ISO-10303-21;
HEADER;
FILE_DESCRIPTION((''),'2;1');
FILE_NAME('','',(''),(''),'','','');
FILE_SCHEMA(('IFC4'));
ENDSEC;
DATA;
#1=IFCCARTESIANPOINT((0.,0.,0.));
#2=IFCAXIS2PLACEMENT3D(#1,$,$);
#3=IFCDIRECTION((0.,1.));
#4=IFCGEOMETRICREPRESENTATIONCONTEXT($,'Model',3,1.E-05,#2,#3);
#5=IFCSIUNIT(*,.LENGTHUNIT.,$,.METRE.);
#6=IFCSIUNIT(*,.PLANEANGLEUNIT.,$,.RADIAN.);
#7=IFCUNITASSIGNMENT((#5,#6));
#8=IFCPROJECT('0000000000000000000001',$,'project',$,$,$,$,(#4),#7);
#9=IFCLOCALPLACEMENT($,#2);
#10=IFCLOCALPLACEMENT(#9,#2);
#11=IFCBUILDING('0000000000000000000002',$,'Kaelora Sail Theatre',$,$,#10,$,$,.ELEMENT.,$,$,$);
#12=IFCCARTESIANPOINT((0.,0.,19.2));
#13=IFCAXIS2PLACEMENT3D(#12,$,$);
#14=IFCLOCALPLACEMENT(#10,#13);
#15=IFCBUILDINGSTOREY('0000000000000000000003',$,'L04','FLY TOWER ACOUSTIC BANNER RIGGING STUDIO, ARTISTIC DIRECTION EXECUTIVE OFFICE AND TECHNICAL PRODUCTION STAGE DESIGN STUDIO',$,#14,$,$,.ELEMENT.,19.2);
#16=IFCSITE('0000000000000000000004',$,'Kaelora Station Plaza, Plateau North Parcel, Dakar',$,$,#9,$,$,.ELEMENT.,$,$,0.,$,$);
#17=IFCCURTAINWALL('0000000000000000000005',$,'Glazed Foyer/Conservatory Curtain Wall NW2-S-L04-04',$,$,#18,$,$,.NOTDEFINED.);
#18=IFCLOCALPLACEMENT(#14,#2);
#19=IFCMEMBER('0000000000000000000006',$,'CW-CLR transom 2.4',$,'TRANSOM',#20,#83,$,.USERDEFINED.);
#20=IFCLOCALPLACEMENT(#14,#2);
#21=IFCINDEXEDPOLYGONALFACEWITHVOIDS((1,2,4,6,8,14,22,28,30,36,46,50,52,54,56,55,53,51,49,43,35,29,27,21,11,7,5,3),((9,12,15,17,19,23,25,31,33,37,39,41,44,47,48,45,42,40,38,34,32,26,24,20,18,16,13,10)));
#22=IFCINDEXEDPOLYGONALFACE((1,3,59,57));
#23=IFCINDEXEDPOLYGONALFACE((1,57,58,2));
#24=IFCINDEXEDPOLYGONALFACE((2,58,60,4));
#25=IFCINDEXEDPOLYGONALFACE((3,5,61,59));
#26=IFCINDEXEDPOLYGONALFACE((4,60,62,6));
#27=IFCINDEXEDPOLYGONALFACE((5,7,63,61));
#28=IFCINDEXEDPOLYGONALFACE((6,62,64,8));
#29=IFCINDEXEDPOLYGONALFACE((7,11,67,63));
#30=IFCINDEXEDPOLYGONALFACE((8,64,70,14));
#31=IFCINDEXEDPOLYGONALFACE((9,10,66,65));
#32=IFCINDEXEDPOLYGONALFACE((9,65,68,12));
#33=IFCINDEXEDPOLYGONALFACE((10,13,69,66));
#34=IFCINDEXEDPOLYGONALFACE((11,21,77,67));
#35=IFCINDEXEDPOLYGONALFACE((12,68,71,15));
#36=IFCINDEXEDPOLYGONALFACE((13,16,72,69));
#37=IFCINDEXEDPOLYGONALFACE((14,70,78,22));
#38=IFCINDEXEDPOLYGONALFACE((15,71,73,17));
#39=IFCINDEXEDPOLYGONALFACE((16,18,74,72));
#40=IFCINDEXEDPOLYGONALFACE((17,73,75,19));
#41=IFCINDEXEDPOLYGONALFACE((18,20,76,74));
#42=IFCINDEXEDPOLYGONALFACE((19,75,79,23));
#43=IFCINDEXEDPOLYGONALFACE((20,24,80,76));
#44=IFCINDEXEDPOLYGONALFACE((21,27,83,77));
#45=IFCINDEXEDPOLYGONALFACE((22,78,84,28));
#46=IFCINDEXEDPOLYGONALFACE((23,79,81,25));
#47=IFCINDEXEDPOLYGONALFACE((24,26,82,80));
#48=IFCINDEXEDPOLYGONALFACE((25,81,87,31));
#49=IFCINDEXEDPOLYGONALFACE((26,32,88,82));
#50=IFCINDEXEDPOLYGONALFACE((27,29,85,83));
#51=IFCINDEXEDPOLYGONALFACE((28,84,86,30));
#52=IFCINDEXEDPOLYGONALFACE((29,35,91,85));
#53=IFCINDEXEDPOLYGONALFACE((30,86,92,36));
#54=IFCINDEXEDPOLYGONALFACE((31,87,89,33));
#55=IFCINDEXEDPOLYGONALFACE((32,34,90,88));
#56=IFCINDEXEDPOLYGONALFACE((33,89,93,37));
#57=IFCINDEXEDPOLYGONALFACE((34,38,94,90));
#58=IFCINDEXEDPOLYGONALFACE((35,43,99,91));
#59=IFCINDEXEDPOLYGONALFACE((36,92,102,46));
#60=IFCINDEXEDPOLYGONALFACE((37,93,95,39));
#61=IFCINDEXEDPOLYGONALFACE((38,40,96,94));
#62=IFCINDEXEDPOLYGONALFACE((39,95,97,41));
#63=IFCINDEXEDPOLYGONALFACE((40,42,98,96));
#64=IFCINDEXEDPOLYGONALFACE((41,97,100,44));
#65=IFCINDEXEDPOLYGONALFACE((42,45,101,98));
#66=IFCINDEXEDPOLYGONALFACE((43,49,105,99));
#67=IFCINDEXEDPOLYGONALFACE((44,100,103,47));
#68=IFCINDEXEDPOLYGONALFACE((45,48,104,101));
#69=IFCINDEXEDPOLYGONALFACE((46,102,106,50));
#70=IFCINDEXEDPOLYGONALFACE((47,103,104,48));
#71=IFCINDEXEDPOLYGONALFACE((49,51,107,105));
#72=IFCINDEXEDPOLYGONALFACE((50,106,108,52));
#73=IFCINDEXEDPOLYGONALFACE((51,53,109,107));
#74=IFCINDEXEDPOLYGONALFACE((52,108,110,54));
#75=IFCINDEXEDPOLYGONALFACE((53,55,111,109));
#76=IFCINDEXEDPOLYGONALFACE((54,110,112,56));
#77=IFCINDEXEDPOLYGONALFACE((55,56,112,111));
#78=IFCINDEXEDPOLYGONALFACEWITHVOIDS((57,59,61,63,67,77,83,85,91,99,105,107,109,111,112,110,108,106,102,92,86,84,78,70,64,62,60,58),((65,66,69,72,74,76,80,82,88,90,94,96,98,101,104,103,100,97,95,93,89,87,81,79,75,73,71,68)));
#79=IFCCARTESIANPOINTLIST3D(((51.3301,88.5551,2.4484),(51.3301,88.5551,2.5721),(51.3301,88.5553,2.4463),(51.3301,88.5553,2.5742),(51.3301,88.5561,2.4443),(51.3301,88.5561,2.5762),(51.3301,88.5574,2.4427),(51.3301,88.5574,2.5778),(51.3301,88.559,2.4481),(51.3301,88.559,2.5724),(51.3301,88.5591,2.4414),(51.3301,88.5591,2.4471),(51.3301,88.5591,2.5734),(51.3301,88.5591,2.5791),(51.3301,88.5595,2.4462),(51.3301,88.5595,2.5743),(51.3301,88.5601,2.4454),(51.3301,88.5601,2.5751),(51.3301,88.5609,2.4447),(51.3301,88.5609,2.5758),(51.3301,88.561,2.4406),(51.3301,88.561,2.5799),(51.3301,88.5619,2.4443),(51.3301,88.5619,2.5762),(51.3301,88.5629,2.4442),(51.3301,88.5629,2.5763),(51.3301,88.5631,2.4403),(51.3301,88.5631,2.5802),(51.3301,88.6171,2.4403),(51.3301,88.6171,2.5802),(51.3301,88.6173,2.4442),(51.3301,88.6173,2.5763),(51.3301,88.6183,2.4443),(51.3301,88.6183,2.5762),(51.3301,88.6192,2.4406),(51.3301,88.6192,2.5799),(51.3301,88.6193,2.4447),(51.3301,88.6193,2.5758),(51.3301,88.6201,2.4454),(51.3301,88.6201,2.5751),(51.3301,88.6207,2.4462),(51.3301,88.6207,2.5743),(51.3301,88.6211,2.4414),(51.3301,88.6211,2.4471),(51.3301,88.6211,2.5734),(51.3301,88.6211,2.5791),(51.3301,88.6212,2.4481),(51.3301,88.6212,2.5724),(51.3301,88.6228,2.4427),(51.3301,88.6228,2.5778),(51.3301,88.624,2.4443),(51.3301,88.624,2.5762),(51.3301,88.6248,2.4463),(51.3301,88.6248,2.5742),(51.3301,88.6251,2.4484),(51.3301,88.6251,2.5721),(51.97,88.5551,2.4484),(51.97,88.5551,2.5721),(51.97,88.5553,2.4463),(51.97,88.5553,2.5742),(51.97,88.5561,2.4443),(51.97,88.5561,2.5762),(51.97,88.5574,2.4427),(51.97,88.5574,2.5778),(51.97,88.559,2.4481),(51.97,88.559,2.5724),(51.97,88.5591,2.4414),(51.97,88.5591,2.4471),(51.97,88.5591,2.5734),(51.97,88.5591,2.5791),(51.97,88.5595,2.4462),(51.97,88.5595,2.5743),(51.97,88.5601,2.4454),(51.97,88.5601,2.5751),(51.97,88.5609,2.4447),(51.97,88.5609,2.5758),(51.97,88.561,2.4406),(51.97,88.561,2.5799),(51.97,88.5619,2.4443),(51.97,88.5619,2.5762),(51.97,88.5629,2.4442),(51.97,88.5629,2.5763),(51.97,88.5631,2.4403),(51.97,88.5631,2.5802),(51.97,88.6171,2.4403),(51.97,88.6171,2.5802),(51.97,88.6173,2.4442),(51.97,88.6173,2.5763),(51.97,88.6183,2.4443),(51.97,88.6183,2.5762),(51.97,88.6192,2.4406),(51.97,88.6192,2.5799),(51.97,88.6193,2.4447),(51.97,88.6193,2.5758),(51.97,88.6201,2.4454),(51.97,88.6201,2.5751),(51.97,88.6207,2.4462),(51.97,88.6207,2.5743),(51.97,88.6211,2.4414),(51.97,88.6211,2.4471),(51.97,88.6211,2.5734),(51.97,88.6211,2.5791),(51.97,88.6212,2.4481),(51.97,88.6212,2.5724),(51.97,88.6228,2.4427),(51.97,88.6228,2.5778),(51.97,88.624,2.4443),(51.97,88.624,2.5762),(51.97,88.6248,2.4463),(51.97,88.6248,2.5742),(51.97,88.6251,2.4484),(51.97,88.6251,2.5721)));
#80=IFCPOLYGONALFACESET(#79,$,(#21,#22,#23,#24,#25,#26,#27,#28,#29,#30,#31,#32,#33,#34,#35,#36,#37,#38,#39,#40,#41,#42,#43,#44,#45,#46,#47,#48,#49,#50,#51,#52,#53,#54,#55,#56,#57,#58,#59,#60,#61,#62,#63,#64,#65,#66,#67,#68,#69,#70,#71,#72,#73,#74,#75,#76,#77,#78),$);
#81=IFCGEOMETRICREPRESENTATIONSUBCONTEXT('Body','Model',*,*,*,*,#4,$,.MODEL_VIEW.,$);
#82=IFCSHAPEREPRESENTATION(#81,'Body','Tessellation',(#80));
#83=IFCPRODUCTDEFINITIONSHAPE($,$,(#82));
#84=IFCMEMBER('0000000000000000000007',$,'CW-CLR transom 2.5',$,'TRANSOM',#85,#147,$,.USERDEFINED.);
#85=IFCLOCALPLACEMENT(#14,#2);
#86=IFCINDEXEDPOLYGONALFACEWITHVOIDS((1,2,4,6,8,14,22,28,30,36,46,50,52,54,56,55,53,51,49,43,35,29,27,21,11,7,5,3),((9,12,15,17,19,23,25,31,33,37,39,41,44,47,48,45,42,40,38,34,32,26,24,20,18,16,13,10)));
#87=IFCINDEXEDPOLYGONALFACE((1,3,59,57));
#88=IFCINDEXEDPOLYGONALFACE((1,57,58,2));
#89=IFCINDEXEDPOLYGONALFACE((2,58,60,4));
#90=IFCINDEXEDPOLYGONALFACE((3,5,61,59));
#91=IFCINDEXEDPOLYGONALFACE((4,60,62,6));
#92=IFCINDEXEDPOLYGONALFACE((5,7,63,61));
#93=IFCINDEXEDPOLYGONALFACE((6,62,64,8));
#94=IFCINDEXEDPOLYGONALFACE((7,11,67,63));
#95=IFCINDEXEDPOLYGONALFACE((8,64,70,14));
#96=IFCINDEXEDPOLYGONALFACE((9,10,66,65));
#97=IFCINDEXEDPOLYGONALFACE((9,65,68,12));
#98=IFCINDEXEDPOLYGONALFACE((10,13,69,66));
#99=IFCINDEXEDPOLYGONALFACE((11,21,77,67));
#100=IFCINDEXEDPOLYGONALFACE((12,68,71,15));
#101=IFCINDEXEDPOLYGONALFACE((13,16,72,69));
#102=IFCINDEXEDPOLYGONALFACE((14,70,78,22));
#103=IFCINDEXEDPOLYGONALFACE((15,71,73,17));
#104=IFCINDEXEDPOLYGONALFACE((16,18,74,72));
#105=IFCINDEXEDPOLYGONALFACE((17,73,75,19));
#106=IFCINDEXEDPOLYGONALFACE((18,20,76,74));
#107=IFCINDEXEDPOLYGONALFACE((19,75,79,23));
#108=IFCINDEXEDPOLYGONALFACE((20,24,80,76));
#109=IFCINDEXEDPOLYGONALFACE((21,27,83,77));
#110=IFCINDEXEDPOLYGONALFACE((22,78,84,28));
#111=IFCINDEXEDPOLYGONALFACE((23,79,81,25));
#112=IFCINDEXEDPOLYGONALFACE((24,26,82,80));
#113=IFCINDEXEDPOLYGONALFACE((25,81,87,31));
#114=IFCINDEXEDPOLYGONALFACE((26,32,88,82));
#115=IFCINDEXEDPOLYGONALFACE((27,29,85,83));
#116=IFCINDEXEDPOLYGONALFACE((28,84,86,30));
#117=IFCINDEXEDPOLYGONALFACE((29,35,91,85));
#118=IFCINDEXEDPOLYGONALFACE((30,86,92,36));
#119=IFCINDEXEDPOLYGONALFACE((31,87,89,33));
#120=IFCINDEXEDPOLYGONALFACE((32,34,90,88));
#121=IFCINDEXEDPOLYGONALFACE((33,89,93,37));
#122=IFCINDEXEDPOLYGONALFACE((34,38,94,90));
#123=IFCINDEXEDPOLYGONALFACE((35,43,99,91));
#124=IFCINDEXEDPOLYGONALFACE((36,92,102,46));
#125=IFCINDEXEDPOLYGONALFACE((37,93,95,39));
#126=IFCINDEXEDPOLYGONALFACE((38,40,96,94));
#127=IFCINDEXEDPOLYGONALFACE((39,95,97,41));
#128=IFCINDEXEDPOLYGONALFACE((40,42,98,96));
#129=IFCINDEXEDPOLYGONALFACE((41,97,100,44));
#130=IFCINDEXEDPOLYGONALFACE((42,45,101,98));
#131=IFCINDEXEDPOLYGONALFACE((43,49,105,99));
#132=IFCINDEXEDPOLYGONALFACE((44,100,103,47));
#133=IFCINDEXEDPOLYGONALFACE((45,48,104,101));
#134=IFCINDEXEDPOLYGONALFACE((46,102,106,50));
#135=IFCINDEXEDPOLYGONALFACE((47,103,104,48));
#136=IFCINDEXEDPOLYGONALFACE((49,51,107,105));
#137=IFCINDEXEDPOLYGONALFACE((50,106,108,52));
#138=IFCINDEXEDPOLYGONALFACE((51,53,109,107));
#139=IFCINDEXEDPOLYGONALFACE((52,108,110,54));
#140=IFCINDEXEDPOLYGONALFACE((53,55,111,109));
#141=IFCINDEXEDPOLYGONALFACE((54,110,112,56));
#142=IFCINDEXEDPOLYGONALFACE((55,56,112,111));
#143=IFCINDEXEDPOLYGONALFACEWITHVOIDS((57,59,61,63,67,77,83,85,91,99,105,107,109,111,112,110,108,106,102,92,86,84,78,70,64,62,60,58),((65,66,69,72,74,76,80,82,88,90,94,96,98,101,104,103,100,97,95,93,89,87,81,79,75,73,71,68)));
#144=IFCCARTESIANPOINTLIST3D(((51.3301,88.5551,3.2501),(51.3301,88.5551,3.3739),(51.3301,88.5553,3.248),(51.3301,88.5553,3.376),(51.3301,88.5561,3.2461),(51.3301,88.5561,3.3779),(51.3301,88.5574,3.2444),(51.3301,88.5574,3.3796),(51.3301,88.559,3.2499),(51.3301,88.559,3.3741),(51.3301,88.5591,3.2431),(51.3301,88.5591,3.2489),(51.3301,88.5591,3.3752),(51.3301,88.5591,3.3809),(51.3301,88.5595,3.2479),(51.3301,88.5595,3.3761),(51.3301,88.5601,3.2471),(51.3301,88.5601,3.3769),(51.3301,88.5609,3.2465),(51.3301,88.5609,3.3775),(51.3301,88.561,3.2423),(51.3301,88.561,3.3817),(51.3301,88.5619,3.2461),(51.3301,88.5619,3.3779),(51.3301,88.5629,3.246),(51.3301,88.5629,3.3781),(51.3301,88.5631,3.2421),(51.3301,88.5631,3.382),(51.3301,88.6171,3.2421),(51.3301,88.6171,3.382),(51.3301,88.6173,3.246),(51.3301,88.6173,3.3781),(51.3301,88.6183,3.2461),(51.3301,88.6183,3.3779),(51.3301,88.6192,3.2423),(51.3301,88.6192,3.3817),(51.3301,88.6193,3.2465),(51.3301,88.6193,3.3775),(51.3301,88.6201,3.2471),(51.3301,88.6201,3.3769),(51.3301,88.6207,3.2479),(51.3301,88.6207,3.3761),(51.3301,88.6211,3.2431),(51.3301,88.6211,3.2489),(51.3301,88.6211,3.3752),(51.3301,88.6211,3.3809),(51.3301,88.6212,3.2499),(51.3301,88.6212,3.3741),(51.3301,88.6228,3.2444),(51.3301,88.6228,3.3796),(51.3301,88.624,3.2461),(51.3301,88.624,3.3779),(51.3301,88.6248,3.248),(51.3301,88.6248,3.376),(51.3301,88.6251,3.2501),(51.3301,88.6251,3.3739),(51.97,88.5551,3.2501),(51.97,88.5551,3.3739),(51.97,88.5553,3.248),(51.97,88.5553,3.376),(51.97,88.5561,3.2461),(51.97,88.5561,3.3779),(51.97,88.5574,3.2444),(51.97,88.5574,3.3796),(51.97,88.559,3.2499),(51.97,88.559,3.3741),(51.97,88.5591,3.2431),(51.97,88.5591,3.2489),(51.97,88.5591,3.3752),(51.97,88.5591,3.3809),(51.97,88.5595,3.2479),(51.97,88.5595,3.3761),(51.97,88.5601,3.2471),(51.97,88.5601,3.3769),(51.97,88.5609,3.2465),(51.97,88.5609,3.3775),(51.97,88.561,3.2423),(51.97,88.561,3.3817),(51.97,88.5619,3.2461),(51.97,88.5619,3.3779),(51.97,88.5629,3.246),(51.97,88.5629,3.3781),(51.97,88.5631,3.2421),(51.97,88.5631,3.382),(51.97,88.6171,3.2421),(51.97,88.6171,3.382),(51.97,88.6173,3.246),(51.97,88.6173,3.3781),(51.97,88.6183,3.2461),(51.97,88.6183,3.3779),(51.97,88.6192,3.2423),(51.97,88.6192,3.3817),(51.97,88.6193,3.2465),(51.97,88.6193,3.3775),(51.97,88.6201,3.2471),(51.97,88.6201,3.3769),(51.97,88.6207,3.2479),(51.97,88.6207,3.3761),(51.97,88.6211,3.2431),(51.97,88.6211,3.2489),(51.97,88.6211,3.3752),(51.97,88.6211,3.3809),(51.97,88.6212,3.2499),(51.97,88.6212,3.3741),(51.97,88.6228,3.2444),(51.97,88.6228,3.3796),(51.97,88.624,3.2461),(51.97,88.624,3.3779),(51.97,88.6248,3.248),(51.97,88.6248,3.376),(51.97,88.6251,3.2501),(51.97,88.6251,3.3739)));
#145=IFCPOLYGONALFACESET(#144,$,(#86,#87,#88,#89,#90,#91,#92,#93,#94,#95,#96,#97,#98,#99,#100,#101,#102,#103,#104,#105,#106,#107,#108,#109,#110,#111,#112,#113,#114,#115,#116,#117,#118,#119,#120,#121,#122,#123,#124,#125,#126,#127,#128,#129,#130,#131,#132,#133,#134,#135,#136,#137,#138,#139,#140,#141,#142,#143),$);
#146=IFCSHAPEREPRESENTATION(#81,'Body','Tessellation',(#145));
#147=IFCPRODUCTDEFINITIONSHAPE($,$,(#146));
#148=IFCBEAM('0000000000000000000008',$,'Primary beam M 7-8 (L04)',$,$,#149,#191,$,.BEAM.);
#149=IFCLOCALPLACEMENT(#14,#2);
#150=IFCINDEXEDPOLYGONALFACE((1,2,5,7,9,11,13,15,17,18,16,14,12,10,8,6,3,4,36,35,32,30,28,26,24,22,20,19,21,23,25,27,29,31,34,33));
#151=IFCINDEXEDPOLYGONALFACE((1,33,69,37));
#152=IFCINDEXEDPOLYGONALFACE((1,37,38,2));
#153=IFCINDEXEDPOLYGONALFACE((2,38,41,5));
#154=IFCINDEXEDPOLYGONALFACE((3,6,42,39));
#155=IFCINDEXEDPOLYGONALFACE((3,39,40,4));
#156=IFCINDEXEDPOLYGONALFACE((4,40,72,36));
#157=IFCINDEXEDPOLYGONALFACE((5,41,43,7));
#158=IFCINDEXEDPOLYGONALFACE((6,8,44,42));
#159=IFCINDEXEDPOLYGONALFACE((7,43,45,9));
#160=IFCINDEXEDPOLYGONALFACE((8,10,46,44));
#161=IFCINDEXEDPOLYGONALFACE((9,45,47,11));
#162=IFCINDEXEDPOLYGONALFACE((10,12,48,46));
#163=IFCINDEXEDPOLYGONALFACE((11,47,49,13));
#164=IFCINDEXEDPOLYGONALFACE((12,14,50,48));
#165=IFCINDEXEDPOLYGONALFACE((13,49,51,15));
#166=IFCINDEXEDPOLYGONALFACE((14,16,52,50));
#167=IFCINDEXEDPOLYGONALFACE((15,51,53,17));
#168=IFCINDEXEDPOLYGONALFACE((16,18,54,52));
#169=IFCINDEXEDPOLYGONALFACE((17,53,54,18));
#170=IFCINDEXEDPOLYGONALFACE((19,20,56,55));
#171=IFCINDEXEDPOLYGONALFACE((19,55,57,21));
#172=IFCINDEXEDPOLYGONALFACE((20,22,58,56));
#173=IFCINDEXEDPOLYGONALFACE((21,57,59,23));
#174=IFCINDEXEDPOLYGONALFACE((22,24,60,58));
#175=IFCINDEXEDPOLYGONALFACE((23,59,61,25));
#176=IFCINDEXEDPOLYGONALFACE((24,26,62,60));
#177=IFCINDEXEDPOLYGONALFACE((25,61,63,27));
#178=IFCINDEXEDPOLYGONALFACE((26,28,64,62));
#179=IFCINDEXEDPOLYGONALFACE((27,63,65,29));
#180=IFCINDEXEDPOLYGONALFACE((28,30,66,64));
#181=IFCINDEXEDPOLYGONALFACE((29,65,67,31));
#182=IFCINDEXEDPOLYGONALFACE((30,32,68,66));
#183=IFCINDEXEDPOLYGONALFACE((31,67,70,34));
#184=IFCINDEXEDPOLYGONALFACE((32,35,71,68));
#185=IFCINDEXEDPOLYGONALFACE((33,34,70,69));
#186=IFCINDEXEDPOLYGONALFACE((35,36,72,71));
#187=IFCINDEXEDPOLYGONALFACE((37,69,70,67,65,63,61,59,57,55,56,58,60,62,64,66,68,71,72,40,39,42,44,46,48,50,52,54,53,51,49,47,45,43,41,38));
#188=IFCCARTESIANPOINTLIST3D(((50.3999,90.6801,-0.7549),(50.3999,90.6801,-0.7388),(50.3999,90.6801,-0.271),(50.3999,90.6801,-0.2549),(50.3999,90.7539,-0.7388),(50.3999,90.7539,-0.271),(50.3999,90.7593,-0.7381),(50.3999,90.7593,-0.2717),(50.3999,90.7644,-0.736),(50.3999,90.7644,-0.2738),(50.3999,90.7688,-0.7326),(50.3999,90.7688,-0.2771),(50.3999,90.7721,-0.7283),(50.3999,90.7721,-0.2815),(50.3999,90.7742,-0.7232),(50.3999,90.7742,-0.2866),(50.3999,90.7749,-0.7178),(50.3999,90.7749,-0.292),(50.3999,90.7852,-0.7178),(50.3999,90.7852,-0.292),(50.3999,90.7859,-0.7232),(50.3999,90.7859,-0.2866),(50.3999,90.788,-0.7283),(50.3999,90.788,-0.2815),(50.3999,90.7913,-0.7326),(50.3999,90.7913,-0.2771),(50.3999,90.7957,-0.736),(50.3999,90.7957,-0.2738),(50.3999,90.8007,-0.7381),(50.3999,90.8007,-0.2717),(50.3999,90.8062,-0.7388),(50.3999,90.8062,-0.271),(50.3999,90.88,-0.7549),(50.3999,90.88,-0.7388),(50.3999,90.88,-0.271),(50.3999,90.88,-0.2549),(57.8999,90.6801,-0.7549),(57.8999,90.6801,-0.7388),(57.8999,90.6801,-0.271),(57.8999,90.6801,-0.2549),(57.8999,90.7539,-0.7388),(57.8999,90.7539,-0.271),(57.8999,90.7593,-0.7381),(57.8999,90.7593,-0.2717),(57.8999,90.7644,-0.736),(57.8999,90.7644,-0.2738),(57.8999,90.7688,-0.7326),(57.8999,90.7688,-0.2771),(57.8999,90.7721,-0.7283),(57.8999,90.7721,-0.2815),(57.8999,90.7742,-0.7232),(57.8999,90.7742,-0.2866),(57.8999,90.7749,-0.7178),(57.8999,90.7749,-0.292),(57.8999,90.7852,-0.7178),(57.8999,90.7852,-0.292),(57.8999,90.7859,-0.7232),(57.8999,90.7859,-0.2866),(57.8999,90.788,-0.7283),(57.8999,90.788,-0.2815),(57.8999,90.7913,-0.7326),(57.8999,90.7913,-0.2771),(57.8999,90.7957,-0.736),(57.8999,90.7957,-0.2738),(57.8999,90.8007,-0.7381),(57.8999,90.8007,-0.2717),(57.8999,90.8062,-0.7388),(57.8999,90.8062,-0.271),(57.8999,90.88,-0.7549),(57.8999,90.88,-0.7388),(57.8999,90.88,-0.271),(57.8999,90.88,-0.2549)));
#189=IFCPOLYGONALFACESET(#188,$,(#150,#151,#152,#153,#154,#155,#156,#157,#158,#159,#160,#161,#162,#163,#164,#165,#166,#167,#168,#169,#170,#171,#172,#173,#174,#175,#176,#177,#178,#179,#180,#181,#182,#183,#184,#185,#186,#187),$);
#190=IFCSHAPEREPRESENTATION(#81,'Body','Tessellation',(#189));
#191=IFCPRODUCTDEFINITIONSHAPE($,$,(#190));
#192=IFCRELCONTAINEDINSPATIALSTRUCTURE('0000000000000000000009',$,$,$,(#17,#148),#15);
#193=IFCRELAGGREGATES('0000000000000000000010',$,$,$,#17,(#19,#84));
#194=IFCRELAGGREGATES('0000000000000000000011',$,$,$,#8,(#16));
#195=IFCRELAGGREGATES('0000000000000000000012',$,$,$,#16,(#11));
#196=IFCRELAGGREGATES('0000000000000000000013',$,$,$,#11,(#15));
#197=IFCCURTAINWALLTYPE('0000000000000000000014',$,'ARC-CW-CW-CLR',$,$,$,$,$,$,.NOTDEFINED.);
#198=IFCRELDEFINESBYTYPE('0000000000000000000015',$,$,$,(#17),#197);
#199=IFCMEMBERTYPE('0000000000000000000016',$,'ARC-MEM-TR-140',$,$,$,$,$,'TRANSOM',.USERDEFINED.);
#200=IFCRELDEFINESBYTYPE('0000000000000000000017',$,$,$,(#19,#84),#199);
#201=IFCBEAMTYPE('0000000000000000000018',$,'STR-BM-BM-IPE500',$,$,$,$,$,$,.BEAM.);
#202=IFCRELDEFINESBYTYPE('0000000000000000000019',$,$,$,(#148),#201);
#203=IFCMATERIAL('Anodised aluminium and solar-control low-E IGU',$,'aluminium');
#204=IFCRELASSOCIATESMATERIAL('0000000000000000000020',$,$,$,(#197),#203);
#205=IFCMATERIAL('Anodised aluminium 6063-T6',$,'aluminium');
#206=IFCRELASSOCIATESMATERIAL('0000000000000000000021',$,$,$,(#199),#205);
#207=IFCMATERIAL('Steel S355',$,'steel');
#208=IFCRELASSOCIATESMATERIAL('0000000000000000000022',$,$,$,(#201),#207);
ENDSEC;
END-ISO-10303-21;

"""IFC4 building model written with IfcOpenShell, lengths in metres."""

from ifc_helpers import new_model, si_unit, direction, frame, origin, origin_2d, place, context, subcontext, project, spatial, hollow_rectangle, i_section, extrude, material, material_profile, profile_set, type_object, element, aggregate, save


model = new_model("IFC4")

# Units and contexts
model_context = context("Model", 3, precision=1e-05, world=origin(), true_north=direction((0.0, 1.0)))
body_context = subcontext(model_context, "Body", "Model", "MODEL_VIEW")
ifc_project = project(units=[si_unit("LENGTHUNIT", "METRE"), si_unit("PLANEANGLEUNIT", "RADIAN")], contexts=[model_context])

# Site, building, storey
site_placement = place(None, origin())
site = spatial("IfcSite", under=ifc_project, at=site_placement, Name="Kaelora Station Plaza, Plateau North Parcel, Dakar", CompositionType="ELEMENT", RefElevation=0.0)
building_placement = place(site_placement, origin())
building = spatial("IfcBuilding", under=site, at=building_placement, Name="Kaelora Sail Theatre", CompositionType="ELEMENT")
storey_placement = place(building_placement, frame((0.0, 0.0, 19.2)))
storey = spatial("IfcBuildingStorey", under=building, at=storey_placement, Name="L04", Description="FLY TOWER ACOUSTIC BANNER RIGGING STUDIO, ARTISTIC DIRECTION EXECUTIVE OFFICE AND TECHNICAL PRODUCTION STAGE DESIGN STUDIO", CompositionType="ELEMENT", Elevation=19.2)

# Curtain wall, members
ifc_material_1 = material(Name="Anodised aluminium and solar-control low-E IGU", Category="aluminium")
curtain_wall_type = type_object("IfcCurtainWallType", Name="ARC-CW-CW-CLR", PredefinedType="NOTDEFINED", material=ifc_material_1)
curtain_wall_placement = place(storey_placement, origin())
curtain_wall = element("IfcCurtainWall", 1, at=curtain_wall_placement, inside=storey, type_object=curtain_wall_type, Name="Glazed Foyer/Conservatory Curtain Wall NW2-S-L04-04", PredefinedType="NOTDEFINED")
ifc_material_2 = material(Name="Anodised aluminium 6063-T6", Category="aluminium")
ifc_material_profile_1 = material_profile(ifc_material_2, hollow_rectangle(XDim=0.0701, YDim=0.1399, WallThickness=0.0039, InnerFilletRadius=0.0039, OuterFilletRadius=0.0081, at=origin_2d()), Name="ALU-TRAN 70x140x4")
ifc_profile_set_1 = profile_set([ifc_material_profile_1], Name="Anodised aluminium 6063-T6")
member_type_1 = type_object("IfcMemberType", Name="ARC-MEM-TR-140", ElementType="TRANSOM", PredefinedType="USERDEFINED", material=ifc_profile_set_1)
member_1_placement = place(storey_placement, frame((51.3301, 88.5901, 2.5103), z_axis=(1.0, 0.0, 0.0), x_axis=(0.0, 1.0, 0.0)))
member_1 = element("IfcMember", 2, at=member_1_placement, type_object=member_type_1, Name="CW-CLR transom 2.4", ObjectType="TRANSOM", PredefinedType="USERDEFINED", context=body_context, shape_type="SweptSolid", body=[
    extrude(hollow_rectangle(XDim=0.0701, YDim=0.1399, WallThickness=0.0039, InnerFilletRadius=0.0039, OuterFilletRadius=0.0081, at=origin_2d()), origin(), (0.0, 0.0, 1.0), 0.6399),
])
member_2_placement = place(storey_placement, frame((51.3301, 88.5901, 3.312), z_axis=(1.0, 0.0, 0.0), x_axis=(0.0, 1.0, 0.0)))
member_2 = element("IfcMember", 3, at=member_2_placement, type_object=member_type_1, Name="CW-CLR transom 2.5", ObjectType="TRANSOM", PredefinedType="USERDEFINED", context=body_context, shape_type="SweptSolid", body=[
    extrude(hollow_rectangle(XDim=0.0701, YDim=0.1399, WallThickness=0.0039, InnerFilletRadius=0.0039, OuterFilletRadius=0.0081, at=origin_2d()), origin(), (0.0, 0.0, 1.0), 0.6399),
])

# Beam
ifc_material_3 = material(Name="Steel S355", Category="steel")
ifc_material_profile_2 = material_profile(ifc_material_3, i_section(OverallWidth=0.2, OverallDepth=0.5, WebThickness=0.0103, FlangeThickness=0.0161, FilletRadius=0.021, at=origin_2d()), Name="IPE 500")
ifc_profile_set_2 = profile_set([ifc_material_profile_2], Name="Steel S355")
beam_type_1 = type_object("IfcBeamType", Name="STR-BM-BM-IPE500", PredefinedType="BEAM", material=ifc_profile_set_2)
beam_1_placement = place(storey_placement, frame((50.3999, 90.78, -0.5049), z_axis=(1.0, 0.0, 0.0), x_axis=(0.0, 1.0, 0.0)))
element("IfcBeam", 4, at=beam_1_placement, inside=storey, type_object=beam_type_1, Name="Primary beam M 7-8 (L04)", PredefinedType="BEAM", context=body_context, shape_type="SweptSolid", body=[
    extrude(i_section(OverallWidth=0.2, OverallDepth=0.5, WebThickness=0.0103, FlangeThickness=0.0161, FilletRadius=0.021, at=origin_2d()), origin(), (0.0, 0.0, 1.0), 7.5),
])

aggregate(curtain_wall, [member_1, member_2])

save(model, "model.ifc")
